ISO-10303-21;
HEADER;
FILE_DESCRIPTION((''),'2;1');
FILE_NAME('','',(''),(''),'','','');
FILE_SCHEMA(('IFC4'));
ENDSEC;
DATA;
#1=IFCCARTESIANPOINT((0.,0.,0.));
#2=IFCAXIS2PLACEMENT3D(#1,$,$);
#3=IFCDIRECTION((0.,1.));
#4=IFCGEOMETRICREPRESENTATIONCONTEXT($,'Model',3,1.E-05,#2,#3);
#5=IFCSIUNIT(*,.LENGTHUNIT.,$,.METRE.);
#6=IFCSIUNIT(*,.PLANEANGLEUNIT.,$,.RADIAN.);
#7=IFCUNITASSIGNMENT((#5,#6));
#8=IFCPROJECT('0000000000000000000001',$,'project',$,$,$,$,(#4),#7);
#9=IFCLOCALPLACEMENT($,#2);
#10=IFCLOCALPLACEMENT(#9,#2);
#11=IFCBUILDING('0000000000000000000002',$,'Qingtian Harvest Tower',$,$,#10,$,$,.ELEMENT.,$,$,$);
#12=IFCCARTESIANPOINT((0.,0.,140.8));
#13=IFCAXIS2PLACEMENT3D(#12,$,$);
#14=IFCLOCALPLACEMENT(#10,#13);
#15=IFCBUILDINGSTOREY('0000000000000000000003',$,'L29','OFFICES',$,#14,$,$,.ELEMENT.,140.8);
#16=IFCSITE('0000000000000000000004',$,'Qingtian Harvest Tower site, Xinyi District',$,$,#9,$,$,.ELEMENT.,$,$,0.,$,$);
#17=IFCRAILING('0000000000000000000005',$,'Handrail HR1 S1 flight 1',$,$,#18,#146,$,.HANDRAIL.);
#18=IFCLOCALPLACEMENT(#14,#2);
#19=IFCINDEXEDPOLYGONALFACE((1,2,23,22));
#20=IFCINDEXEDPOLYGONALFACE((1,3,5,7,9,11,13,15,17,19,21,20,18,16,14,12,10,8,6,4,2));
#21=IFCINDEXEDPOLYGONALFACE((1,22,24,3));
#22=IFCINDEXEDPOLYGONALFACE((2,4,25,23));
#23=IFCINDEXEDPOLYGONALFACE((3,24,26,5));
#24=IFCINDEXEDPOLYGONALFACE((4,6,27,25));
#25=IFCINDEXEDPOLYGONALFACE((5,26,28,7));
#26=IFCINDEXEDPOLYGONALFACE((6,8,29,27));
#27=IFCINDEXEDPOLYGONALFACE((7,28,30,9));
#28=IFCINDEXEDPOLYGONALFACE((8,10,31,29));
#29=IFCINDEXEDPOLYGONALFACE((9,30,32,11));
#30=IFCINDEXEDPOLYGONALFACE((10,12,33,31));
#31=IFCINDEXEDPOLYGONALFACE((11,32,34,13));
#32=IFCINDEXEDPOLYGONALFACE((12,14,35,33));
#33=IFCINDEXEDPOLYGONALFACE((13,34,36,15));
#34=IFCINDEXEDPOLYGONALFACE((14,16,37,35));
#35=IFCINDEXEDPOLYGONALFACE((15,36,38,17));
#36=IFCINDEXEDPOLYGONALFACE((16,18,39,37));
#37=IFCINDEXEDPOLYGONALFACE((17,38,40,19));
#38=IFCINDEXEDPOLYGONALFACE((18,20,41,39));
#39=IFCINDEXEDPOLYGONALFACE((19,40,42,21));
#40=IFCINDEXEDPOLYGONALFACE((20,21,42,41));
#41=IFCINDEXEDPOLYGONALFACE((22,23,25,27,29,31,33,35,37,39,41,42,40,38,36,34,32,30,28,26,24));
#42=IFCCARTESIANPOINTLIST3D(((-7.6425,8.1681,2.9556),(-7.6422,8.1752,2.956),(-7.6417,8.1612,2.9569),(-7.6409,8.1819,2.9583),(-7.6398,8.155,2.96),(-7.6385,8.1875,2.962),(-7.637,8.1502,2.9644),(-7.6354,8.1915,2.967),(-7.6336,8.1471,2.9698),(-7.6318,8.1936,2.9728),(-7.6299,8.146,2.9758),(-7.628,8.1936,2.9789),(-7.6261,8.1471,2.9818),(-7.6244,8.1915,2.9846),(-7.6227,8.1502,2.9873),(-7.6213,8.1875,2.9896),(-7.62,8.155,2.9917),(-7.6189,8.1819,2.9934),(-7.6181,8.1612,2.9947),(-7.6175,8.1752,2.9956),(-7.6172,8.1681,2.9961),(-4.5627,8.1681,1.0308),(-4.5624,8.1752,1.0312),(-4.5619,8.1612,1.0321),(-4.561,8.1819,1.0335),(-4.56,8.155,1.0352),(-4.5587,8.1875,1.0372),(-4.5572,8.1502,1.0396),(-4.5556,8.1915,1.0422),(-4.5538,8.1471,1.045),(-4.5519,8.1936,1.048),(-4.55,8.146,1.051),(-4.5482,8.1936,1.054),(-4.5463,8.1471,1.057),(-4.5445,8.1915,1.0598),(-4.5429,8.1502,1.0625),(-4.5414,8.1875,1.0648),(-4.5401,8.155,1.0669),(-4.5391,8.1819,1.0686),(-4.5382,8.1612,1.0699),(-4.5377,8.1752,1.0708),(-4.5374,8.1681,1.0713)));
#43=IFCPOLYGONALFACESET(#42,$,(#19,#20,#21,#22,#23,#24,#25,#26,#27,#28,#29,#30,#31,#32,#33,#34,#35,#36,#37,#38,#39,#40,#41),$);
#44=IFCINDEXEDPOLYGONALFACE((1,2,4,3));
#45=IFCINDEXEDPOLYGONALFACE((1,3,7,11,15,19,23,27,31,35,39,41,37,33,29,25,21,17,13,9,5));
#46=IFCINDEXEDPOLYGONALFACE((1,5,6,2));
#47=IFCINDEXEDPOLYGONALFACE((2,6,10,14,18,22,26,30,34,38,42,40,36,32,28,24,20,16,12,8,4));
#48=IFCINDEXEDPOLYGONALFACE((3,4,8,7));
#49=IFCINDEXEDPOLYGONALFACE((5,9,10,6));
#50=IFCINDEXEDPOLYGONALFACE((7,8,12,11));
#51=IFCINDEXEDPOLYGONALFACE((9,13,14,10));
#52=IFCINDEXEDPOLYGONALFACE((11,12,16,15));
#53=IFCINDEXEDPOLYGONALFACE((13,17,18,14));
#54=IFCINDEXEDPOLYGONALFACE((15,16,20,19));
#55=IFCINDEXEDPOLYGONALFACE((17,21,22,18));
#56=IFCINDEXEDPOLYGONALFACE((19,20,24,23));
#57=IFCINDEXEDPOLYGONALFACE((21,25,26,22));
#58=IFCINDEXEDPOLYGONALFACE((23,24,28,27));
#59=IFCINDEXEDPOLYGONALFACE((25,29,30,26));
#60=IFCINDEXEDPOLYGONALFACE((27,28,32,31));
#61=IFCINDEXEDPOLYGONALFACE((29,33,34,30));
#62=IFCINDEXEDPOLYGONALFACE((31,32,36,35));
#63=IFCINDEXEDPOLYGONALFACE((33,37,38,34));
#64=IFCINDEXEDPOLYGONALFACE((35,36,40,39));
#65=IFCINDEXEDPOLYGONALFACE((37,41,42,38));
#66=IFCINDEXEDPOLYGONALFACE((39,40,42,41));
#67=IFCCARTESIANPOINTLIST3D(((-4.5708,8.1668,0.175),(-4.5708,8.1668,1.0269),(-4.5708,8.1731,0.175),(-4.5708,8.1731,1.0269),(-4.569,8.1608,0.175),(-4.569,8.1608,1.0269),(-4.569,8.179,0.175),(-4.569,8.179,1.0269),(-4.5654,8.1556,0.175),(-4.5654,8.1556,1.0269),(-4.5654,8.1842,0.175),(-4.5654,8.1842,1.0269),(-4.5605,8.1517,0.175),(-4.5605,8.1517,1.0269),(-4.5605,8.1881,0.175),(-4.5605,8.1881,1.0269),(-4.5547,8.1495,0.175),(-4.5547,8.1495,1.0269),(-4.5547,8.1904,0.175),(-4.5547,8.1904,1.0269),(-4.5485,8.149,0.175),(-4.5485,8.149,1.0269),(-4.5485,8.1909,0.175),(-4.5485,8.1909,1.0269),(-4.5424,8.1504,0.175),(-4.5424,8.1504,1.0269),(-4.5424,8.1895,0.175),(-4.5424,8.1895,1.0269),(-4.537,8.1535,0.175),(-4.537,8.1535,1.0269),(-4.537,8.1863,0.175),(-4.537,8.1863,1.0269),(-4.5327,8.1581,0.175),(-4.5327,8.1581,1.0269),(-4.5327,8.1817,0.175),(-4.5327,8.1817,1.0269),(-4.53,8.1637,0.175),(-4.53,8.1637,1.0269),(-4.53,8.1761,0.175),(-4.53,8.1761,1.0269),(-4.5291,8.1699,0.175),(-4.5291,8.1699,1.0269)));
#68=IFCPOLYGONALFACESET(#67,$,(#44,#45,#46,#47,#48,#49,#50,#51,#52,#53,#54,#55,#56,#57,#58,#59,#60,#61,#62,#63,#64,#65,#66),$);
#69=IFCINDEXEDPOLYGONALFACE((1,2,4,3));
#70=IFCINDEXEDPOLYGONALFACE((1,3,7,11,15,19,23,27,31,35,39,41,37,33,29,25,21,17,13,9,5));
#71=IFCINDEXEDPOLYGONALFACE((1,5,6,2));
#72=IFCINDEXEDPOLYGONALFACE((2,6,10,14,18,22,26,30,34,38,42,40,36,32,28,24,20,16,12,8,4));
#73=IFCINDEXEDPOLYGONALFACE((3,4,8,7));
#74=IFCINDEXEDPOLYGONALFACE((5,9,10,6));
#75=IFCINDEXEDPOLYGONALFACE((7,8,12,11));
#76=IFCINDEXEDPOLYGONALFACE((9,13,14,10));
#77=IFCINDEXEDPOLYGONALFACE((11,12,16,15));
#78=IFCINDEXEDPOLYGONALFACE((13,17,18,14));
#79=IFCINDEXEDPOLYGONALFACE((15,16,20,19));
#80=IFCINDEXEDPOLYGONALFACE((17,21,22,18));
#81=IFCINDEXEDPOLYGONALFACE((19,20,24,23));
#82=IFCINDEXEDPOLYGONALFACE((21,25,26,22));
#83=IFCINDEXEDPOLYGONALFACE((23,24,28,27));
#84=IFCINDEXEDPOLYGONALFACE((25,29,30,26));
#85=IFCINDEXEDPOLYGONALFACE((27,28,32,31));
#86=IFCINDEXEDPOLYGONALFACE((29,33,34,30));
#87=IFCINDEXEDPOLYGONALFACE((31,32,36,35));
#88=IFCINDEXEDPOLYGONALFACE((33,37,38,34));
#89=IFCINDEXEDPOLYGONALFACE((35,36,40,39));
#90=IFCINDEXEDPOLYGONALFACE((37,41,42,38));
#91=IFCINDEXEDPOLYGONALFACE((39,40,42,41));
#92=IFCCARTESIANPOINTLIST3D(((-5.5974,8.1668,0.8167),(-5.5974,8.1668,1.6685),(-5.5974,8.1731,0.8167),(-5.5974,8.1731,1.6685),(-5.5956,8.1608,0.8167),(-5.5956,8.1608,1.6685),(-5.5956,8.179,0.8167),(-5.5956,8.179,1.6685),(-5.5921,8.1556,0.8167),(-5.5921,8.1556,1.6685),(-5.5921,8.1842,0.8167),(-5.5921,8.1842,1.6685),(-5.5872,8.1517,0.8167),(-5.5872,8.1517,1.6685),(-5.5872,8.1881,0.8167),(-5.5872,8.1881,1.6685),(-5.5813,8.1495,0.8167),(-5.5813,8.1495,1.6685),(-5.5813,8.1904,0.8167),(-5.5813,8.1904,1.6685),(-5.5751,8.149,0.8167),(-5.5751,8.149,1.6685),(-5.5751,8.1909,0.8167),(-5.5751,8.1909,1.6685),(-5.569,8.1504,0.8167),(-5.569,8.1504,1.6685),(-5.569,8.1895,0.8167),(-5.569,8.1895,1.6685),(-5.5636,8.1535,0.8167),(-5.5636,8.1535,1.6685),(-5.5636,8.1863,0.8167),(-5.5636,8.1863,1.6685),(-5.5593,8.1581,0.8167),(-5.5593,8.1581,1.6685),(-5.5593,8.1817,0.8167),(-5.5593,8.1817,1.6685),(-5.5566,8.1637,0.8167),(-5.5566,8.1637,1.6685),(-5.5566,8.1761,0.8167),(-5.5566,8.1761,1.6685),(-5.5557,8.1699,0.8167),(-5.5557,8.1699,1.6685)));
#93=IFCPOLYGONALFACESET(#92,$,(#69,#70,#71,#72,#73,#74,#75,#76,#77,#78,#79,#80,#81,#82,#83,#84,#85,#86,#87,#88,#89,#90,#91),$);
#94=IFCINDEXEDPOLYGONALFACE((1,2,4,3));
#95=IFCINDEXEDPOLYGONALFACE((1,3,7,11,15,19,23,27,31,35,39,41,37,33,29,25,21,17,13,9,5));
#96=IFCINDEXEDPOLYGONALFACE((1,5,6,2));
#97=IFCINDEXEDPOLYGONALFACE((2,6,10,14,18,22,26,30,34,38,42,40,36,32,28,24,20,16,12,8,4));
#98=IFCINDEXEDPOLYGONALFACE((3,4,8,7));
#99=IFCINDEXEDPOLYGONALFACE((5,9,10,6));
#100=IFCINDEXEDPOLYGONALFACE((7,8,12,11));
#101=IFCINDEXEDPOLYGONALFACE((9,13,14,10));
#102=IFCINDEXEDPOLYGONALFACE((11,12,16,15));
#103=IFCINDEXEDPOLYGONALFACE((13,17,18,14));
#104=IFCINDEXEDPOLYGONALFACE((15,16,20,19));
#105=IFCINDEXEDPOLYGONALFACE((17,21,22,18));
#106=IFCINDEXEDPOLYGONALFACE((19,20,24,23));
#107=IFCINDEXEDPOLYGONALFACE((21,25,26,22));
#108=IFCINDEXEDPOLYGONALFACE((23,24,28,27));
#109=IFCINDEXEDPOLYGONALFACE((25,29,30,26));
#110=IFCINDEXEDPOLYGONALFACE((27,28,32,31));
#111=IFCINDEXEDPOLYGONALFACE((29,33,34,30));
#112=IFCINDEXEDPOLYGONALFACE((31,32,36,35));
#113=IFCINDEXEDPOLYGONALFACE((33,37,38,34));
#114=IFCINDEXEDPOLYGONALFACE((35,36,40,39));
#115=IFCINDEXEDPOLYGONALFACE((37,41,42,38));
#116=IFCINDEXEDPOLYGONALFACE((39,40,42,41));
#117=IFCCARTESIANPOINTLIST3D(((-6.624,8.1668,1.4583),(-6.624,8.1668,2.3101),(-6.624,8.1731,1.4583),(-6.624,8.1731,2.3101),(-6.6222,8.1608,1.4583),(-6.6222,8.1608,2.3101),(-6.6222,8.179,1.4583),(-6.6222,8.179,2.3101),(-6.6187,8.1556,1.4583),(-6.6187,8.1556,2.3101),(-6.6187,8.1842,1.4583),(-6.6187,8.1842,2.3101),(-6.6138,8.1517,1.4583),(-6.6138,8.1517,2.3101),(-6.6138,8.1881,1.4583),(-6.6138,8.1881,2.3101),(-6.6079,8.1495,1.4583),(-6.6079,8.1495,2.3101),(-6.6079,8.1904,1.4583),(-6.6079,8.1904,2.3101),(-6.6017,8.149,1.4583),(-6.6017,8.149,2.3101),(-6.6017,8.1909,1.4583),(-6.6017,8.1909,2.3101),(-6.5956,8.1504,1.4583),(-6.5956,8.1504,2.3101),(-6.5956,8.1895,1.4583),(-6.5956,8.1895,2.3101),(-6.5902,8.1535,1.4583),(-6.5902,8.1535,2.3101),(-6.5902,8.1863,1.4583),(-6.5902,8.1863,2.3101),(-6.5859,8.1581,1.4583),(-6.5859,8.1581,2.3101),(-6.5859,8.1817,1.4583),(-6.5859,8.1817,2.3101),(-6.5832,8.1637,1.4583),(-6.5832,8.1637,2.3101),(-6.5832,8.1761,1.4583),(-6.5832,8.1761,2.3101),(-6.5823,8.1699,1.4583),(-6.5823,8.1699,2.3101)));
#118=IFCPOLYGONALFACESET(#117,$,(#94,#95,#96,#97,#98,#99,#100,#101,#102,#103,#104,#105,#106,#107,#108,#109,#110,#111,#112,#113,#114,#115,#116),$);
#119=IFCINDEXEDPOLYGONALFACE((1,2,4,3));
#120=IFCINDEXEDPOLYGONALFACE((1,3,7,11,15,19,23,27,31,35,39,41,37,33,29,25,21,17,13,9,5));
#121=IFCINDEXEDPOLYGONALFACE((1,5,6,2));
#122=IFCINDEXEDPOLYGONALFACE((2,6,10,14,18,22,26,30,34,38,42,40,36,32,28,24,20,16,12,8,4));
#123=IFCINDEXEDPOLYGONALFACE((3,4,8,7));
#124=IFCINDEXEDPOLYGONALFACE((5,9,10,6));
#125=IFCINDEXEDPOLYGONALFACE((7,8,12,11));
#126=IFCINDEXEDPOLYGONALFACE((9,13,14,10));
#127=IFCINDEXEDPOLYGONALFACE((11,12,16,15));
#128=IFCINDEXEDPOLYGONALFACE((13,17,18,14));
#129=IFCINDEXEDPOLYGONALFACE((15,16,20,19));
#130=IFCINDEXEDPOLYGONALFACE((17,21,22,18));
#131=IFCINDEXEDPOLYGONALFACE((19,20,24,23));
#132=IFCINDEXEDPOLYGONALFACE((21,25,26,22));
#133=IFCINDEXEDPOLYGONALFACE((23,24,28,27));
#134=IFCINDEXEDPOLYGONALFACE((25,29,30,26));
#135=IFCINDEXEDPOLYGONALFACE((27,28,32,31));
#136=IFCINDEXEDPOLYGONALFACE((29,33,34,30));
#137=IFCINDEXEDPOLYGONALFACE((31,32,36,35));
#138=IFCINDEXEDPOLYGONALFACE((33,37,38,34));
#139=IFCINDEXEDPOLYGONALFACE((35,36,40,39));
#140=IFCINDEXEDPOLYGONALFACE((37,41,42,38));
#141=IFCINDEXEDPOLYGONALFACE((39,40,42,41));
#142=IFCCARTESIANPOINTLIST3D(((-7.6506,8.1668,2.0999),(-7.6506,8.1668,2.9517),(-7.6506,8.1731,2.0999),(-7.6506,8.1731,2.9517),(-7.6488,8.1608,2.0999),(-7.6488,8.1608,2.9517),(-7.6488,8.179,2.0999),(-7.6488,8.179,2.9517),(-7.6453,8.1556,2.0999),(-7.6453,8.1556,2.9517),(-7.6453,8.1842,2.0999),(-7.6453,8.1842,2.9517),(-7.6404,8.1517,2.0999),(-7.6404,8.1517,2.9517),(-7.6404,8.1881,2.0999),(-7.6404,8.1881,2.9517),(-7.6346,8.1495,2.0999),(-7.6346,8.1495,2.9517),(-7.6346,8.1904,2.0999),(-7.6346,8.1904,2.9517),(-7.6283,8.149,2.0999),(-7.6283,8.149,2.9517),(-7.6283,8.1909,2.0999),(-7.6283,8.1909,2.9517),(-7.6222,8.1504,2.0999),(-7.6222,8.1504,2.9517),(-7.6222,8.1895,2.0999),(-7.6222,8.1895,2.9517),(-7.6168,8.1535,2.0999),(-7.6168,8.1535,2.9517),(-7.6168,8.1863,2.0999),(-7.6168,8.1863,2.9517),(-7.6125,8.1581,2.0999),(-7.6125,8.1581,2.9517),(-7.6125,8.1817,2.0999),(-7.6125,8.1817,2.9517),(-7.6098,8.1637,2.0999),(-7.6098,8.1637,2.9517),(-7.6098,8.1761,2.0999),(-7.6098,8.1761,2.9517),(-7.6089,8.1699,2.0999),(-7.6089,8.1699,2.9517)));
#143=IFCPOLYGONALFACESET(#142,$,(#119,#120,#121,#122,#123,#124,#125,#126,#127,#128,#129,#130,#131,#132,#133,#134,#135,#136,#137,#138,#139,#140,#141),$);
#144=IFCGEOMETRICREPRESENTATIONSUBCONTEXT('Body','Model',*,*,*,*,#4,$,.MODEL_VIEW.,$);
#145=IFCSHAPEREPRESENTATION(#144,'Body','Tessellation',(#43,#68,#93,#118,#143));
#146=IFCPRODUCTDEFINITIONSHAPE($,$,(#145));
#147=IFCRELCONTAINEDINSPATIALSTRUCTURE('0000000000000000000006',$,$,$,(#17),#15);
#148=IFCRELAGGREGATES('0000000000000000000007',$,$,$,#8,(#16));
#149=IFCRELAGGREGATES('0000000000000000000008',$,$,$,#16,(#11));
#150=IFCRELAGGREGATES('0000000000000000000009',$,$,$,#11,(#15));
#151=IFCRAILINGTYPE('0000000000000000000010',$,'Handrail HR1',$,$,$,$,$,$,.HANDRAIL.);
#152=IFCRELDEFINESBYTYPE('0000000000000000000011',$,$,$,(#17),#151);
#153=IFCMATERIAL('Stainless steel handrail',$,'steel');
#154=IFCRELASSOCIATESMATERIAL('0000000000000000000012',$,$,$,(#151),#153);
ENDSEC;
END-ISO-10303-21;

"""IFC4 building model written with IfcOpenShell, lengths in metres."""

from ifc_helpers import new_model, si_unit, direction, frame, origin, origin_2d, place, context, subcontext, project, spatial, circle, extrude, material, type_object, element, save


model = new_model("IFC4")

# Units and contexts
model_context = context("Model", 3, precision=1e-05, world=origin(), true_north=direction((0.0, 1.0)))
body_context = subcontext(model_context, "Body", "Model", "MODEL_VIEW")
ifc_project = project(units=[si_unit("LENGTHUNIT", "METRE"), si_unit("PLANEANGLEUNIT", "RADIAN")], contexts=[model_context])

# Site, building, storey
site_placement = place(None, origin())
site = spatial("IfcSite", under=ifc_project, at=site_placement, Name="Qingtian Harvest Tower site, Xinyi District", CompositionType="ELEMENT", RefElevation=0.0)
building_placement = place(site_placement, origin())
building = spatial("IfcBuilding", under=site, at=building_placement, Name="Qingtian Harvest Tower", CompositionType="ELEMENT")
storey_placement = place(building_placement, frame((0.0, 0.0, 140.8)))
storey = spatial("IfcBuildingStorey", under=building, at=storey_placement, Name="L29", Description="OFFICES", CompositionType="ELEMENT", Elevation=140.8)

# Railing
ifc_material_1 = material(Name="Stainless steel handrail", Category="steel")
railing_type = type_object("IfcRailingType", Name="Handrail HR1", PredefinedType="HANDRAIL", material=ifc_material_1)
railing_placement = place(storey_placement, frame((-4.55, 8.1699, 0.175)))
element("IfcRailing", 1, at=railing_placement, inside=storey, type_object=railing_type, Name="Handrail HR1 S1 flight 1", PredefinedType="HANDRAIL", context=body_context, shape_type="SweptSolid", body=[
    extrude(circle(Radius=0.0239, at=origin_2d()), frame((0.0, 0.0, 0.876), z_axis=(-0.84801, 0.0, 0.529981), x_axis=(0.0, -1.0, 0.0)), (0.0, 0.0, 1.0), 3.6318),
    extrude(circle(Radius=0.021, at=origin_2d()), origin(), (0.0, 0.0, 1.0), 0.8518),
    extrude(circle(Radius=0.021, at=origin_2d()), frame((-1.0266, 0.0, 0.6416)), (0.0, 0.0, 1.0), 0.8518),
    extrude(circle(Radius=0.021, at=origin_2d()), frame((-2.0532, 0.0, 1.2832)), (0.0, 0.0, 1.0), 0.8518),
    extrude(circle(Radius=0.021, at=origin_2d()), frame((-3.0798, 0.0, 1.9248)), (0.0, 0.0, 1.0), 0.8518),
])

save(model, "model.ifc")
